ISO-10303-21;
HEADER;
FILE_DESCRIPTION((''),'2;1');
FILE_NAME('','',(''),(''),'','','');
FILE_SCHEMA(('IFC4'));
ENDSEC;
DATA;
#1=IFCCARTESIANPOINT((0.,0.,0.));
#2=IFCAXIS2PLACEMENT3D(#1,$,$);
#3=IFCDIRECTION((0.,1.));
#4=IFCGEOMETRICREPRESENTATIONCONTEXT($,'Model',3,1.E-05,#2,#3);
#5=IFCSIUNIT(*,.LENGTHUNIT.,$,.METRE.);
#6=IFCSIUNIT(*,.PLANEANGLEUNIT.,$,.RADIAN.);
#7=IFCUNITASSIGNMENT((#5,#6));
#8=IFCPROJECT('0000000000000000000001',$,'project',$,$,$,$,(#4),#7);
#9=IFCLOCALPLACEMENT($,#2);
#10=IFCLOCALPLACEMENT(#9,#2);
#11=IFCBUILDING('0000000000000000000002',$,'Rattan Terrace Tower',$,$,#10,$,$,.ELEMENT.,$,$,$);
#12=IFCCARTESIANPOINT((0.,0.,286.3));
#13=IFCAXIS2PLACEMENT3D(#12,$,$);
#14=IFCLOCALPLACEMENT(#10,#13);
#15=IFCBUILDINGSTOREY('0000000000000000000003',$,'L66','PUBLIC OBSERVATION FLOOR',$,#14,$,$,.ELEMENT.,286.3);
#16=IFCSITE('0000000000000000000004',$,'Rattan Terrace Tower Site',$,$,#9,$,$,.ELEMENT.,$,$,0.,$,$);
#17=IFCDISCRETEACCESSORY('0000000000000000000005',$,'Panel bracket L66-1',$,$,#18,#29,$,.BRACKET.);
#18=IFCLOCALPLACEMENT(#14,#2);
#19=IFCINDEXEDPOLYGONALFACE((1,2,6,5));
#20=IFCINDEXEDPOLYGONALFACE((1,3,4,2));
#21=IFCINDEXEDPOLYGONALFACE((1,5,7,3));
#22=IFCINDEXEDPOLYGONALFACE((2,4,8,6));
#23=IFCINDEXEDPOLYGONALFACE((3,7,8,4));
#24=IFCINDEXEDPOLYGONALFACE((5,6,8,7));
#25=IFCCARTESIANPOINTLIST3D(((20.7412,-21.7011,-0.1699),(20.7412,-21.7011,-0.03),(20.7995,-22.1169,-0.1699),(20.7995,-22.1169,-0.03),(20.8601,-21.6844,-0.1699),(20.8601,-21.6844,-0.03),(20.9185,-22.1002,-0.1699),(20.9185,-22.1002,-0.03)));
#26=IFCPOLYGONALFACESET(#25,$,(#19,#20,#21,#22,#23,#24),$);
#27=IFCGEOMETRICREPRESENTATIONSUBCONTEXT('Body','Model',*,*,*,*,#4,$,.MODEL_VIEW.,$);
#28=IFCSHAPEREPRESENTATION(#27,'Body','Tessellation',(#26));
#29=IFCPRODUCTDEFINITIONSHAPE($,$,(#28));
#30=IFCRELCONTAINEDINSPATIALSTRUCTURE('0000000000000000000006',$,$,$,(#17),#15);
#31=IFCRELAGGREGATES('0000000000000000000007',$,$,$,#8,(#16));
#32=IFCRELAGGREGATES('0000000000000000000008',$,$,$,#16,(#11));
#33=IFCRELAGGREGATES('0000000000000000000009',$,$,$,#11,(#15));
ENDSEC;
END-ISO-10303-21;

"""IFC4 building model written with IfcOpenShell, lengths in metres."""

from ifc_helpers import new_model, si_unit, direction, frame, origin, origin_2d, place, context, subcontext, project, spatial, rectangle, extrude, element, save


model = new_model("IFC4")

# Units and contexts
model_context = context("Model", 3, precision=1e-05, world=origin(), true_north=direction((0.0, 1.0)))
body_context = subcontext(model_context, "Body", "Model", "MODEL_VIEW")
ifc_project = project(units=[si_unit("LENGTHUNIT", "METRE"), si_unit("PLANEANGLEUNIT", "RADIAN")], contexts=[model_context])

# Site, building, storey
site_placement = place(None, origin())
site = spatial("IfcSite", under=ifc_project, at=site_placement, Name="Rattan Terrace Tower Site", CompositionType="ELEMENT", RefElevation=0.0)
building_placement = place(site_placement, origin())
building = spatial("IfcBuilding", under=site, at=building_placement, Name="Rattan Terrace Tower", CompositionType="ELEMENT")
storey_placement = place(building_placement, frame((0.0, 0.0, 286.3)))
storey = spatial("IfcBuildingStorey", under=building, at=storey_placement, Name="L66", Description="PUBLIC OBSERVATION FLOOR", CompositionType="ELEMENT", Elevation=286.3)

# Discrete accessory
discrete_accessory_placement = place(storey_placement, frame((20.8298, -21.9006, -0.1699), z_axis=(0.0, 0.0, 1.0), x_axis=(0.990293, 0.138994, 0.0)))
element("IfcDiscreteAccessory", 1, at=discrete_accessory_placement, inside=storey, Name="Panel bracket L66-1", PredefinedType="BRACKET", context=body_context, shape_type="SweptSolid", body=[
    extrude(rectangle(XDim=0.1201, YDim=0.4199, at=origin_2d()), origin(), (0.0, 0.0, 1.0), 0.1399),
])

save(model, "model.ifc")
